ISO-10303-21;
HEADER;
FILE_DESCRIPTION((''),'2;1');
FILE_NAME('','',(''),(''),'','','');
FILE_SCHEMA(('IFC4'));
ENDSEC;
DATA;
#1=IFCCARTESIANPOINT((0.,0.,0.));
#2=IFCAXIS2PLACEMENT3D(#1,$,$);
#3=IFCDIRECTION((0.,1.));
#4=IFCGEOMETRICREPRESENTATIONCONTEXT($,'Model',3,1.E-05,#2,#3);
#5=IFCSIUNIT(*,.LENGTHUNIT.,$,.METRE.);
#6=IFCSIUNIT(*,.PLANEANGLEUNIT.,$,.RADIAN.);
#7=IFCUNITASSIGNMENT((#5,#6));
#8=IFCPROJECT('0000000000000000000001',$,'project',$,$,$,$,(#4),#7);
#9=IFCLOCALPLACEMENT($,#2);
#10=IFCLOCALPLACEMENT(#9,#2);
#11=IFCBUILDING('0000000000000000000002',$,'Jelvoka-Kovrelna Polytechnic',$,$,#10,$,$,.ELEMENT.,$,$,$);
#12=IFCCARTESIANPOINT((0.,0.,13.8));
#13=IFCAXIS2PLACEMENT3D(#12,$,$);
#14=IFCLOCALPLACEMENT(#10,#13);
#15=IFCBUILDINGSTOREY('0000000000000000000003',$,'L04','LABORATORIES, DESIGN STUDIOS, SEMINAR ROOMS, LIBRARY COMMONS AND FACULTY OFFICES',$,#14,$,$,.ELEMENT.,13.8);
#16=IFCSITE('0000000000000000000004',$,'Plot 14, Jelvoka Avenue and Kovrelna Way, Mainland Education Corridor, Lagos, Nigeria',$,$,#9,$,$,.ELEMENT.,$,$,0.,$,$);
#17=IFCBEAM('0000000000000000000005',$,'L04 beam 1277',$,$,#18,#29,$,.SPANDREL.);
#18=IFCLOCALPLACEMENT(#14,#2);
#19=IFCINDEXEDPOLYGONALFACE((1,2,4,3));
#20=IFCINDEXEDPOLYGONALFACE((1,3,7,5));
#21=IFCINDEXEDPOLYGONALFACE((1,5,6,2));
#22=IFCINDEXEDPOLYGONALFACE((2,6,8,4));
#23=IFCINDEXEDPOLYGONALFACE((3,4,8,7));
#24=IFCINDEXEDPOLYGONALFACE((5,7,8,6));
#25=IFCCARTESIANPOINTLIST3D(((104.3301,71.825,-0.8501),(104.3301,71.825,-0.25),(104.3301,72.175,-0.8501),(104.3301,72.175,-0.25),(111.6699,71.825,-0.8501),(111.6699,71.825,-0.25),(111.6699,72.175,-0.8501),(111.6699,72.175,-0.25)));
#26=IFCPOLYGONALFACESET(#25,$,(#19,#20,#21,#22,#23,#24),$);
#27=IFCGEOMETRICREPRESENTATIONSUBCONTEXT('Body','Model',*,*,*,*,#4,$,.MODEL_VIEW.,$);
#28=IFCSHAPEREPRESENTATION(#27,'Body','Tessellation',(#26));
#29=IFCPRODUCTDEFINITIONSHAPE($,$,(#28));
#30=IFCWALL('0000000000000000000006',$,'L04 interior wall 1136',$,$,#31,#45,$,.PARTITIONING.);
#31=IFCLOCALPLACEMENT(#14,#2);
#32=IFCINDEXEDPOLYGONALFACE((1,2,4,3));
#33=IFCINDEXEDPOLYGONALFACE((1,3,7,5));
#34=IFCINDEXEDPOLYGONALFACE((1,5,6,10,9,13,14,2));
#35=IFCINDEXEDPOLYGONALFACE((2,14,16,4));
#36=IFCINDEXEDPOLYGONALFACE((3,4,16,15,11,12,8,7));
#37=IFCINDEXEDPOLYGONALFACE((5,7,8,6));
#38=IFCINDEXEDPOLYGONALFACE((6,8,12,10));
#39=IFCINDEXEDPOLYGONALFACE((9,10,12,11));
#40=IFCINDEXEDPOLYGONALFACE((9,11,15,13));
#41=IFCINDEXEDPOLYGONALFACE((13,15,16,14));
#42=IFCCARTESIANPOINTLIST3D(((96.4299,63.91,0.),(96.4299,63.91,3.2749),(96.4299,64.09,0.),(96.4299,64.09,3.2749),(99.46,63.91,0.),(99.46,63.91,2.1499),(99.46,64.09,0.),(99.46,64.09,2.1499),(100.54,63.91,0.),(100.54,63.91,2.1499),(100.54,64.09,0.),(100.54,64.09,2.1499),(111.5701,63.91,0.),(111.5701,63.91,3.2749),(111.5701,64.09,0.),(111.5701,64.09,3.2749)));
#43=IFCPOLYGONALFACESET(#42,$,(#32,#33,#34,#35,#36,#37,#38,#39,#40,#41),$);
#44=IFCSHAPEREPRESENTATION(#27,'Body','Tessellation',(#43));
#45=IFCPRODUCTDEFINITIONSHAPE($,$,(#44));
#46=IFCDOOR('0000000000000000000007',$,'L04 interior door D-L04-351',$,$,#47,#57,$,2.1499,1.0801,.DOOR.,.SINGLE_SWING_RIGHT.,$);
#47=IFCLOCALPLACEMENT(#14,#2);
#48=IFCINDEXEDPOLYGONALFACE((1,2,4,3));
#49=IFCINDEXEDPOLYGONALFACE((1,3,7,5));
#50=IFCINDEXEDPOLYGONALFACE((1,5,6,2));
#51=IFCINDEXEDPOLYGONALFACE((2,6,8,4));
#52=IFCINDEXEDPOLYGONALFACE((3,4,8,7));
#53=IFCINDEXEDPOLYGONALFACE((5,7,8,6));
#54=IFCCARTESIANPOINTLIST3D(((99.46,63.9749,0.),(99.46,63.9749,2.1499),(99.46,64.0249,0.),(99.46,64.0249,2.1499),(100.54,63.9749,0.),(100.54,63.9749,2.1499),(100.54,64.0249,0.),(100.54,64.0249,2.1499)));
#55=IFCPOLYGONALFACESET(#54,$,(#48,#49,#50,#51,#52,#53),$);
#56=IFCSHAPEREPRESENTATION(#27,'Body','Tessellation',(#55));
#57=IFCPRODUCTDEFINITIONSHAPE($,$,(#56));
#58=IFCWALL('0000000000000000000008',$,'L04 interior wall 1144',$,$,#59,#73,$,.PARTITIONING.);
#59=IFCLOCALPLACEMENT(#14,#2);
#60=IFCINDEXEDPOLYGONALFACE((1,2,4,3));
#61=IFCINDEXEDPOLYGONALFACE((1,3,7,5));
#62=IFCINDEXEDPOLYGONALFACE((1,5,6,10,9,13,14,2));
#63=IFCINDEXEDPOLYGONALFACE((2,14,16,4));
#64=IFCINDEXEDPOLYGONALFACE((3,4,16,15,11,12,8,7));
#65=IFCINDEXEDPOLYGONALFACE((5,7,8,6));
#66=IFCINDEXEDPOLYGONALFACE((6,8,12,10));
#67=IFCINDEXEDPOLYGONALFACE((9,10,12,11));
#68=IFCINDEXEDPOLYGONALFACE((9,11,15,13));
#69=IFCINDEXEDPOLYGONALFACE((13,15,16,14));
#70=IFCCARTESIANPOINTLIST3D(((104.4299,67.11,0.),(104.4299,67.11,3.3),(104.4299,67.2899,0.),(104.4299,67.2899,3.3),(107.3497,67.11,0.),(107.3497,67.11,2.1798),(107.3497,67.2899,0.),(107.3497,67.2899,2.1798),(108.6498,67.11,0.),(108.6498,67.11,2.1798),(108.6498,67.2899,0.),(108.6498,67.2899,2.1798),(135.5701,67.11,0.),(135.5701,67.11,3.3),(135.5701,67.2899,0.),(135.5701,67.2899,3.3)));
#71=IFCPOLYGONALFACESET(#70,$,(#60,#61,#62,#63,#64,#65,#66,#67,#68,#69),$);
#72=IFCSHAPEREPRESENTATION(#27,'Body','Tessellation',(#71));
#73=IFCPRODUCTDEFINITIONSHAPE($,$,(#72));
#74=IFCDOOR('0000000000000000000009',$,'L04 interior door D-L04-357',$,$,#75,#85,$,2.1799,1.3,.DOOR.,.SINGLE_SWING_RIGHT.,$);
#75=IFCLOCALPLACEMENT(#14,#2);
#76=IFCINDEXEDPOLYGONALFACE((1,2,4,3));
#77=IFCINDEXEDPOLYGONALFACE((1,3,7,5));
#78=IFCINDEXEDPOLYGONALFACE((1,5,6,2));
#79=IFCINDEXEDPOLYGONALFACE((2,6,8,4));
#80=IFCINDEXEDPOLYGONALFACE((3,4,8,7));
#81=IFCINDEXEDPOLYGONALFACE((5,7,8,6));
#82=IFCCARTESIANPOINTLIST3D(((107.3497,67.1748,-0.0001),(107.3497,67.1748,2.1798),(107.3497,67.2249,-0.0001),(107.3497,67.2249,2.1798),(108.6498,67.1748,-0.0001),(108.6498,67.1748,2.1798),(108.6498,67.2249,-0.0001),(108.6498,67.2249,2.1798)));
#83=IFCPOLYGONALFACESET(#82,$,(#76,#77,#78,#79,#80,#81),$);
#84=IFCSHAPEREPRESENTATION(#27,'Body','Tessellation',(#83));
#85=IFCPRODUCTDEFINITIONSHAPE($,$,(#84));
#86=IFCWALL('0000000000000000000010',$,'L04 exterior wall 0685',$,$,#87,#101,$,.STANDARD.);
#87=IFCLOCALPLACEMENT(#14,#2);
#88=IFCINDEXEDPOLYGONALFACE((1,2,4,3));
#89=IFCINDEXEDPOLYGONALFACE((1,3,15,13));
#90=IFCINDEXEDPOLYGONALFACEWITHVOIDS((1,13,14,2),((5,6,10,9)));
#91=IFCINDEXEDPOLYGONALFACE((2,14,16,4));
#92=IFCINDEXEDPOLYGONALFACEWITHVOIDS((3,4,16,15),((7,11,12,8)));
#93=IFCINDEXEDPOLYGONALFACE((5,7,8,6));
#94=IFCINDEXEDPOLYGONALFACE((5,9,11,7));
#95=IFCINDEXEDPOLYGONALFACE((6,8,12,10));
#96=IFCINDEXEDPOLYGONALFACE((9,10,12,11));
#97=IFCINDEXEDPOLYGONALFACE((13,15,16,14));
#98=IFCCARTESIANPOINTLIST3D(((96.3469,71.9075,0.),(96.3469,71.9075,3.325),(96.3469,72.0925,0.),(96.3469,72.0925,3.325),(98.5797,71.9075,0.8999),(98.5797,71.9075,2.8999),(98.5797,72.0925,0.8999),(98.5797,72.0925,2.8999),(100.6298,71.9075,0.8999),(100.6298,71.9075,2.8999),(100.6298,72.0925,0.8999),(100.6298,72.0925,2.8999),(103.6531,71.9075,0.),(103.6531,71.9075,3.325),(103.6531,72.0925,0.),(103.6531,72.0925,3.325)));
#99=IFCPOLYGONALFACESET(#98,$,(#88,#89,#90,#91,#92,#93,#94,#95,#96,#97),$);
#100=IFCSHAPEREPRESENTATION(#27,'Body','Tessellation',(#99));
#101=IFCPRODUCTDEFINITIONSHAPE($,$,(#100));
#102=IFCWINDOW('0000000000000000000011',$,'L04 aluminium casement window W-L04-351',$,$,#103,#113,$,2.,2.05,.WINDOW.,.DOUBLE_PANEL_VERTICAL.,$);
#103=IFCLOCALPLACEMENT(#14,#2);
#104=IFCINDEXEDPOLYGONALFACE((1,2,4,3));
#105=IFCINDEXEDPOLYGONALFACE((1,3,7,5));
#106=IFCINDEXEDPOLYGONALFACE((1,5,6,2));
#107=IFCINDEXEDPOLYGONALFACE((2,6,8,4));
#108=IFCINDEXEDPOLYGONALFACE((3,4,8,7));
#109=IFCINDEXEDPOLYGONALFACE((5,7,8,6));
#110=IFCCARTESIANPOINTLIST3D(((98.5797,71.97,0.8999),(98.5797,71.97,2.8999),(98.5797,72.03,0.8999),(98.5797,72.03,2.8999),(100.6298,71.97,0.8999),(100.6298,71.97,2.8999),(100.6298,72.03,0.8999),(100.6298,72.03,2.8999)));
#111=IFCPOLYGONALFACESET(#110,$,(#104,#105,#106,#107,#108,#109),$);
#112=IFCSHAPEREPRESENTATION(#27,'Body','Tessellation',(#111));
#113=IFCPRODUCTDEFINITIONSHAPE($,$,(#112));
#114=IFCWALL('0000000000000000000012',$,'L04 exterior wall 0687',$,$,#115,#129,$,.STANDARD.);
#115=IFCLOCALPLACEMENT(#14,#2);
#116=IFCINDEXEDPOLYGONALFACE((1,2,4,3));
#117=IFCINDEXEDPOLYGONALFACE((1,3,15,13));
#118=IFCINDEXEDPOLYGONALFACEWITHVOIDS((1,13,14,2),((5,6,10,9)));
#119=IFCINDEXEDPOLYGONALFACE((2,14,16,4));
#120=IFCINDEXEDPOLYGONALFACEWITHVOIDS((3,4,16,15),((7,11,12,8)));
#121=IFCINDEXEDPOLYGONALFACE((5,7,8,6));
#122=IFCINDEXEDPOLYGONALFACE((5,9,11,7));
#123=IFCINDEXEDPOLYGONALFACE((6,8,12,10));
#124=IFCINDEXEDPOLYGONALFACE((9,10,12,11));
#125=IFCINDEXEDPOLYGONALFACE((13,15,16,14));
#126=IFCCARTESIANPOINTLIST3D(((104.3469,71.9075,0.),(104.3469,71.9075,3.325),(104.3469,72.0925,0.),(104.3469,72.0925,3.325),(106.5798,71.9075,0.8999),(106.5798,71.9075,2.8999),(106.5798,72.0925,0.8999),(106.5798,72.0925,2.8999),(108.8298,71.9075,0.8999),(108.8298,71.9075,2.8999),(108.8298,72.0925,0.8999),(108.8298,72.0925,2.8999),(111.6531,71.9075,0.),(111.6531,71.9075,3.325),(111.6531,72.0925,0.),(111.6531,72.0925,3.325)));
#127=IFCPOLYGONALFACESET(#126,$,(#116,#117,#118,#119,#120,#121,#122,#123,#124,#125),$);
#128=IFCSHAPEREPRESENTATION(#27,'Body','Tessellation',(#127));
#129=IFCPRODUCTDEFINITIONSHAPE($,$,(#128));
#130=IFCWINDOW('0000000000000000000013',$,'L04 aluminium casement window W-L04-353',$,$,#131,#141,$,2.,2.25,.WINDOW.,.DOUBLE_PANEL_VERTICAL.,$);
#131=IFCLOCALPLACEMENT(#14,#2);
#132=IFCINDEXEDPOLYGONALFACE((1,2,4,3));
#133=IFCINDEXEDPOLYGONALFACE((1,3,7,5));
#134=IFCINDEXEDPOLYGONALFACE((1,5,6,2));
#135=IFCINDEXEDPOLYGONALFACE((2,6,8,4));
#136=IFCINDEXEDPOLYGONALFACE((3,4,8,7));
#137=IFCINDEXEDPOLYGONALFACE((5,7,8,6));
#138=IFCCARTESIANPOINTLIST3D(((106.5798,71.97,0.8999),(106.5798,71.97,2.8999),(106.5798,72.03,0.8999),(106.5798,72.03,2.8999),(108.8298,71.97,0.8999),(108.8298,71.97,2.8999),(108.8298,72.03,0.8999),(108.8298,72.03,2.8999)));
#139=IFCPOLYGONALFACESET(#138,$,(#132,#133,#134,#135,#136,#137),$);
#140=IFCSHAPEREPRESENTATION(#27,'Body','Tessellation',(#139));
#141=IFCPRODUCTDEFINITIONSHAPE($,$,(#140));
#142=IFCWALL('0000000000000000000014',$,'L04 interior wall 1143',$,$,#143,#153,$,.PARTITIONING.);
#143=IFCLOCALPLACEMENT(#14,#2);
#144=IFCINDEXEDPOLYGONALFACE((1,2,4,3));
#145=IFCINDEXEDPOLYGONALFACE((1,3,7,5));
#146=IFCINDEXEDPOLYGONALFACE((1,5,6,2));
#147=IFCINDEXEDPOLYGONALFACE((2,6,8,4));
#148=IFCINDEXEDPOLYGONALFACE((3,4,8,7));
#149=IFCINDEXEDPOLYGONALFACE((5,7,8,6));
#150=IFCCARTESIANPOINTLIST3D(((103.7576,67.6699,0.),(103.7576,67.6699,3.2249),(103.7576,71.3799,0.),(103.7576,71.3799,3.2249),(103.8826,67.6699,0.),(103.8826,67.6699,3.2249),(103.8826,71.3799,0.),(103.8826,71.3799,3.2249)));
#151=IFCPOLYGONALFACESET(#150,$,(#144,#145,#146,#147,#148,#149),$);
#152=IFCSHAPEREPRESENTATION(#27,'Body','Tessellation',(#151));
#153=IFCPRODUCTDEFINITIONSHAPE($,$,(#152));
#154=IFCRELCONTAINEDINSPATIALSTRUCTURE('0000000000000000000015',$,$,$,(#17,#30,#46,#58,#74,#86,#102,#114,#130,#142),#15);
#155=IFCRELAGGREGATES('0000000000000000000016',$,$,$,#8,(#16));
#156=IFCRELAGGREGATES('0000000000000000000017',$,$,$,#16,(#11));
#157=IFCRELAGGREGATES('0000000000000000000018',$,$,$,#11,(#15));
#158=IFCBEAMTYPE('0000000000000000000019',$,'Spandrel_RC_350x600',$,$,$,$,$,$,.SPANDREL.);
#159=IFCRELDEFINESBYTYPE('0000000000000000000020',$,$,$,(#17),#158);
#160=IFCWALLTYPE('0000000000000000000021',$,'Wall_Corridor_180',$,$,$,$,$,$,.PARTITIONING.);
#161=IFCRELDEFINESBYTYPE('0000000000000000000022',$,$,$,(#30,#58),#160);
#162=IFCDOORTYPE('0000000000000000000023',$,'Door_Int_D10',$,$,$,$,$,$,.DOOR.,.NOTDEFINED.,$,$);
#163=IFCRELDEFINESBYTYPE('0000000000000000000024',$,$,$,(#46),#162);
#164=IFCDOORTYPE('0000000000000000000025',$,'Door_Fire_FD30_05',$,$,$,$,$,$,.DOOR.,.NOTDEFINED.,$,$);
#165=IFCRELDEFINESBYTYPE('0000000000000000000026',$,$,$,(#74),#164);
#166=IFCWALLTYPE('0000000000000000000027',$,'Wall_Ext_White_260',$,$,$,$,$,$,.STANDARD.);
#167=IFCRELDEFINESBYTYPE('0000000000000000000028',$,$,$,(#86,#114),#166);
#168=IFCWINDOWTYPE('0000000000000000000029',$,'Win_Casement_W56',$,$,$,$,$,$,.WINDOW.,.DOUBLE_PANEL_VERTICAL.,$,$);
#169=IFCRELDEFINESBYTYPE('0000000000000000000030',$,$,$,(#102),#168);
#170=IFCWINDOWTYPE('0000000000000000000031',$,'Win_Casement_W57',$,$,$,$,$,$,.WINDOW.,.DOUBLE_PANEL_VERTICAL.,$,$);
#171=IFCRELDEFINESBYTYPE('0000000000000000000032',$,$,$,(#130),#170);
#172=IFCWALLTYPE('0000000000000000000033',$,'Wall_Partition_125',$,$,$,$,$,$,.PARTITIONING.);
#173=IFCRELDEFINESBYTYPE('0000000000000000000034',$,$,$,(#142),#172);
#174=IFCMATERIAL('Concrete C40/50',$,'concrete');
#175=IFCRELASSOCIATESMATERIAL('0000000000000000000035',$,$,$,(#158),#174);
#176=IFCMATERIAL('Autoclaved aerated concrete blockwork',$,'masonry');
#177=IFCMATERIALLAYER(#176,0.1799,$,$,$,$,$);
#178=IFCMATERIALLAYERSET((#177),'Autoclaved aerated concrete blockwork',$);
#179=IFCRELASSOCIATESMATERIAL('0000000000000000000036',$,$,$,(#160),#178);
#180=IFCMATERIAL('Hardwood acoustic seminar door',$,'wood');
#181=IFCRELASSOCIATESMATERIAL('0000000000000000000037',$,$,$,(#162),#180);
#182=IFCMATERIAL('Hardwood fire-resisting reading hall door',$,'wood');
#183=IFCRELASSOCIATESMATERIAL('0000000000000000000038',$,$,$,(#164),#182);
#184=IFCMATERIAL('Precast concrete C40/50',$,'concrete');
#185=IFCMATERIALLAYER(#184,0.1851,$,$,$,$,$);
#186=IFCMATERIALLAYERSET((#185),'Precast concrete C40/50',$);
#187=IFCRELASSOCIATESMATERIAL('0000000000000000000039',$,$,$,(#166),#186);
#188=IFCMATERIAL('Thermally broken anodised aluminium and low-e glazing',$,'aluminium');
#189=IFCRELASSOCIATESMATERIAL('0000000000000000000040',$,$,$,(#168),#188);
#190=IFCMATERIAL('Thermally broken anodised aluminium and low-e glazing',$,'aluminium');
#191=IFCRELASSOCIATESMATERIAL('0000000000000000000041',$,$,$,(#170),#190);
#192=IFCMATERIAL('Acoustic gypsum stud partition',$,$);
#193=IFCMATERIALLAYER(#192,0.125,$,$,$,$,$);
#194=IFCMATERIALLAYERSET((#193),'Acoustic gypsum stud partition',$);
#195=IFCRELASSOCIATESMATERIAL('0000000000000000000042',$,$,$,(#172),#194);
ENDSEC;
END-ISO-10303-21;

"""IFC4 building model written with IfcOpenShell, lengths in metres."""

from ifc_helpers import new_model, si_unit, direction, frame, frame_2d, origin, origin_2d, place, context, subcontext, project, spatial, rectangle, extrude, material, layer, layer_set, material_profile, profile_set, type_object, element, fill, save


model = new_model("IFC4")

# Units and contexts
model_context = context("Model", 3, precision=1e-05, world=origin(), true_north=direction((0.0, 1.0)))
body_context = subcontext(model_context, "Body", "Model", "MODEL_VIEW")
ifc_project = project(units=[si_unit("LENGTHUNIT", "METRE"), si_unit("PLANEANGLEUNIT", "RADIAN")], contexts=[model_context])

# Site, building, storey
site_placement = place(None, origin())
site = spatial("IfcSite", under=ifc_project, at=site_placement, Name="Plot 14, Jelvoka Avenue and Kovrelna Way, Mainland Education Corridor, Lagos, Nigeria", CompositionType="ELEMENT", RefElevation=0.0)
building_placement = place(site_placement, origin())
building = spatial("IfcBuilding", under=site, at=building_placement, Name="Jelvoka-Kovrelna Polytechnic", CompositionType="ELEMENT")
storey_placement = place(building_placement, frame((0.0, 0.0, 13.8)))
storey = spatial("IfcBuildingStorey", under=building, at=storey_placement, Name="L04", Description="LABORATORIES, DESIGN STUDIOS, SEMINAR ROOMS, LIBRARY COMMONS AND FACULTY OFFICES", CompositionType="ELEMENT", Elevation=13.8)

# Beam
ifc_material_1 = material(Name="Concrete C40/50", Category="concrete")
ifc_material_profile_1 = material_profile(ifc_material_1, rectangle(XDim=0.3501, YDim=0.6001, at=origin_2d()), Name="RC 350x600")
ifc_profile_set_1 = profile_set([ifc_material_profile_1], Name="Concrete C40/50")
beam_type_1 = type_object("IfcBeamType", Name="Spandrel_RC_350x600", PredefinedType="SPANDREL", material=ifc_profile_set_1)
for number, where, z_axis, x_axis, name in (
    (1, (104.3301, 72.0, -0.55), (1.0, 0.0, 0.0), (0.0, 1.0, 0.0), "L04 beam 1277"),
):
    element("IfcBeam", number, at=place(storey_placement, frame(where, z_axis=z_axis, x_axis=x_axis)), inside=storey, type_object=beam_type_1, Name=name, PredefinedType="SPANDREL", context=body_context, shape_type="SweptSolid", body=[
        extrude(rectangle(XDim=0.3501, YDim=0.6001, at=origin_2d()), origin(), (0.0, 0.0, 1.0), 7.3398),
    ])

# Walls, openings, doors
ifc_material_2 = material(Name="Autoclaved aerated concrete blockwork", Category="masonry")
ifc_layer_1 = layer(ifc_material_2, 0.1799)
ifc_layer_set_1 = layer_set([ifc_layer_1], Name="Autoclaved aerated concrete blockwork")
wall_type_1 = type_object("IfcWallType", Name="Wall_Corridor_180", PredefinedType="PARTITIONING", material=ifc_layer_set_1)
wall_1_placement = place(storey_placement, frame((96.4299, 64.0, 0.0), z_axis=(0.0, 0.0, 1.0), x_axis=(1.0, 0.0, 0.0)))
wall_1 = element("IfcWall", 2, at=wall_1_placement, inside=storey, type_object=wall_type_1, Name="L04 interior wall 1136", PredefinedType="PARTITIONING", context=body_context, shape_type="SweptSolid", body=[
    extrude(rectangle(XDim=15.1401, YDim=0.1799, at=frame_2d((7.5701, 0.0))), origin(), (0.0, 0.0, 1.0), 3.2749),
])
opening_1_placement = place(wall_1_placement, frame((3.03, 0.0, 0.0)))
opening_1 = element("IfcOpeningElement", 3, at=opening_1_placement, cuts=wall_1, PredefinedType="OPENING", context=body_context, shape_type="SweptSolid", body=[
    extrude(rectangle(XDim=1.0801, YDim=2.1499, at=frame_2d((0.54, 1.075))), frame((0.0, 0.0999, 0.0), z_axis=(0.0, -1.0, 0.0), x_axis=(1.0, 0.0, 0.0)), (0.0, 0.0, 1.0), 0.2),
])
ifc_material_3 = material(Name="Hardwood acoustic seminar door", Category="wood")
door_type_1 = type_object("IfcDoorType", Name="Door_Int_D10", OperationType="NOTDEFINED", PredefinedType="DOOR", material=ifc_material_3)
door_1_placement = place(opening_1_placement, origin())
door_1 = element("IfcDoor", 4, at=door_1_placement, inside=storey, type_object=door_type_1, Name="L04 interior door D-L04-351", OperationType="SINGLE_SWING_RIGHT", OverallHeight=2.1499, OverallWidth=1.0801, PredefinedType="DOOR", context=body_context, shape_type="SweptSolid", body=[
    extrude(rectangle(XDim=1.0801, YDim=2.1499, at=frame_2d((0.54, 1.075))), frame((0.0, 0.0249, 0.0), z_axis=(0.0, -1.0, 0.0), x_axis=(1.0, 0.0, 0.0)), (0.0, 0.0, 1.0), 0.05),
])
fill(opening_1, door_1)
wall_2_placement = place(storey_placement, frame((104.4299, 67.2, 0.0), z_axis=(0.0, 0.0, 1.0), x_axis=(1.0, 0.0, 0.0)))
wall_2 = element("IfcWall", 5, at=wall_2_placement, inside=storey, type_object=wall_type_1, Name="L04 interior wall 1144", PredefinedType="PARTITIONING", context=body_context, shape_type="SweptSolid", body=[
    extrude(rectangle(XDim=31.1401, YDim=0.1799, at=frame_2d((15.5701, 0.0))), origin(), (0.0, 0.0, 1.0), 3.3),
])
opening_2_placement = place(wall_2_placement, frame((2.9199, 0.0, 0.0)))
opening_2 = element("IfcOpeningElement", 6, at=opening_2_placement, cuts=wall_2, PredefinedType="OPENING", context=body_context, shape_type="SweptSolid", body=[
    extrude(rectangle(XDim=1.3, YDim=2.1799, at=frame_2d((0.6499, 1.0898))), frame((0.0, 0.0999, 0.0), z_axis=(0.0, -1.0, 0.0), x_axis=(1.0, 0.0, 0.0)), (0.0, 0.0, 1.0), 0.2),
])
ifc_material_4 = material(Name="Hardwood fire-resisting reading hall door", Category="wood")
door_type_2 = type_object("IfcDoorType", Name="Door_Fire_FD30_05", OperationType="NOTDEFINED", PredefinedType="DOOR", material=ifc_material_4)
door_2_placement = place(opening_2_placement, origin())
door_2 = element("IfcDoor", 7, at=door_2_placement, inside=storey, type_object=door_type_2, Name="L04 interior door D-L04-357", OperationType="SINGLE_SWING_RIGHT", OverallHeight=2.1799, OverallWidth=1.3, PredefinedType="DOOR", context=body_context, shape_type="SweptSolid", body=[
    extrude(rectangle(XDim=1.3, YDim=2.1799, at=frame_2d((0.6499, 1.0898))), frame((0.0, 0.0249, 0.0), z_axis=(0.0, -1.0, 0.0), x_axis=(1.0, 0.0, 0.0)), (0.0, 0.0, 1.0), 0.05),
])
fill(opening_2, door_2)

# Walls, openings, windows
ifc_material_5 = material(Name="Precast concrete C40/50", Category="concrete")
ifc_layer_2 = layer(ifc_material_5, 0.1851)
ifc_layer_set_2 = layer_set([ifc_layer_2], Name="Precast concrete C40/50")
wall_type_2 = type_object("IfcWallType", Name="Wall_Ext_White_260", PredefinedType="STANDARD", material=ifc_layer_set_2)
wall_3_placement = place(storey_placement, frame((96.3469, 72.0, 0.0), z_axis=(0.0, 0.0, 1.0), x_axis=(1.0, 0.0, 0.0)))
wall_3 = element("IfcWall", 8, at=wall_3_placement, inside=storey, type_object=wall_type_2, Name="L04 exterior wall 0685", PredefinedType="STANDARD", context=body_context, shape_type="SweptSolid", body=[
    extrude(rectangle(XDim=7.3062, YDim=0.1851, at=frame_2d((3.6531, 0.0))), origin(), (0.0, 0.0, 1.0), 3.325),
])
opening_3_placement = place(wall_3_placement, frame((2.2329, 0.0, 0.8999)))
opening_3 = element("IfcOpeningElement", 9, at=opening_3_placement, cuts=wall_3, PredefinedType="OPENING", context=body_context, shape_type="SweptSolid", body=[
    extrude(rectangle(XDim=2.05, YDim=2.0, at=frame_2d((1.0249, 1.0))), frame((0.0, 0.1025, 0.0), z_axis=(0.0, -1.0, 0.0), x_axis=(1.0, 0.0, 0.0)), (0.0, 0.0, 1.0), 0.2051),
])
ifc_material_6 = material(Name="Thermally broken anodised aluminium and low-e glazing", Category="aluminium")
window_type_1 = type_object("IfcWindowType", Name="Win_Casement_W56", PartitioningType="DOUBLE_PANEL_VERTICAL", PredefinedType="WINDOW", material=ifc_material_6)
window_1_placement = place(opening_3_placement, origin())
window_1 = element("IfcWindow", 10, at=window_1_placement, inside=storey, type_object=window_type_1, Name="L04 aluminium casement window W-L04-351", OverallHeight=2.0, OverallWidth=2.05, PartitioningType="DOUBLE_PANEL_VERTICAL", PredefinedType="WINDOW", context=body_context, shape_type="SweptSolid", body=[
    extrude(rectangle(XDim=2.05, YDim=2.0, at=frame_2d((1.0249, 1.0))), frame((0.0, 0.03, 0.0), z_axis=(0.0, -1.0, 0.0), x_axis=(1.0, 0.0, 0.0)), (0.0, 0.0, 1.0), 0.0601),
])
fill(opening_3, window_1)
wall_4_placement = place(storey_placement, frame((104.3469, 72.0, 0.0), z_axis=(0.0, 0.0, 1.0), x_axis=(1.0, 0.0, 0.0)))
wall_4 = element("IfcWall", 11, at=wall_4_placement, inside=storey, type_object=wall_type_2, Name="L04 exterior wall 0687", PredefinedType="STANDARD", context=body_context, shape_type="SweptSolid", body=[
    extrude(rectangle(XDim=7.3062, YDim=0.1851, at=frame_2d((3.6531, 0.0))), origin(), (0.0, 0.0, 1.0), 3.325),
])
opening_4_placement = place(wall_4_placement, frame((2.2329, 0.0, 0.8999)))
opening_4 = element("IfcOpeningElement", 12, at=opening_4_placement, cuts=wall_4, PredefinedType="OPENING", context=body_context, shape_type="SweptSolid", body=[
    extrude(rectangle(XDim=2.25, YDim=2.0, at=frame_2d((1.125, 1.0))), frame((0.0, 0.1025, 0.0), z_axis=(0.0, -1.0, 0.0), x_axis=(1.0, 0.0, 0.0)), (0.0, 0.0, 1.0), 0.2051),
])
ifc_material_7 = material(Name="Thermally broken anodised aluminium and low-e glazing", Category="aluminium")
window_type_2 = type_object("IfcWindowType", Name="Win_Casement_W57", PartitioningType="DOUBLE_PANEL_VERTICAL", PredefinedType="WINDOW", material=ifc_material_7)
window_2_placement = place(opening_4_placement, origin())
window_2 = element("IfcWindow", 13, at=window_2_placement, inside=storey, type_object=window_type_2, Name="L04 aluminium casement window W-L04-353", OverallHeight=2.0, OverallWidth=2.25, PartitioningType="DOUBLE_PANEL_VERTICAL", PredefinedType="WINDOW", context=body_context, shape_type="SweptSolid", body=[
    extrude(rectangle(XDim=2.25, YDim=2.0, at=frame_2d((1.125, 1.0))), frame((0.0, 0.03, 0.0), z_axis=(0.0, -1.0, 0.0), x_axis=(1.0, 0.0, 0.0)), (0.0, 0.0, 1.0), 0.0601),
])
fill(opening_4, window_2)

# Wall
ifc_material_8 = material(Name="Acoustic gypsum stud partition")
ifc_layer_3 = layer(ifc_material_8, 0.125)
ifc_layer_set_3 = layer_set([ifc_layer_3], Name="Acoustic gypsum stud partition")
wall_type_3 = type_object("IfcWallType", Name="Wall_Partition_125", PredefinedType="PARTITIONING", material=ifc_layer_set_3)
wall_5_placement = place(storey_placement, frame((103.8201, 67.6699, 0.0), z_axis=(0.0, 0.0, 1.0), x_axis=(0.0, 1.0, 0.0)))
element("IfcWall", 14, at=wall_5_placement, inside=storey, type_object=wall_type_3, Name="L04 interior wall 1143", PredefinedType="PARTITIONING", context=body_context, shape_type="SweptSolid", body=[
    extrude(rectangle(XDim=3.71, YDim=0.125, at=frame_2d((1.855, 0.0))), origin(), (0.0, 0.0, 1.0), 3.2249),
])

save(model, "model.ifc")
